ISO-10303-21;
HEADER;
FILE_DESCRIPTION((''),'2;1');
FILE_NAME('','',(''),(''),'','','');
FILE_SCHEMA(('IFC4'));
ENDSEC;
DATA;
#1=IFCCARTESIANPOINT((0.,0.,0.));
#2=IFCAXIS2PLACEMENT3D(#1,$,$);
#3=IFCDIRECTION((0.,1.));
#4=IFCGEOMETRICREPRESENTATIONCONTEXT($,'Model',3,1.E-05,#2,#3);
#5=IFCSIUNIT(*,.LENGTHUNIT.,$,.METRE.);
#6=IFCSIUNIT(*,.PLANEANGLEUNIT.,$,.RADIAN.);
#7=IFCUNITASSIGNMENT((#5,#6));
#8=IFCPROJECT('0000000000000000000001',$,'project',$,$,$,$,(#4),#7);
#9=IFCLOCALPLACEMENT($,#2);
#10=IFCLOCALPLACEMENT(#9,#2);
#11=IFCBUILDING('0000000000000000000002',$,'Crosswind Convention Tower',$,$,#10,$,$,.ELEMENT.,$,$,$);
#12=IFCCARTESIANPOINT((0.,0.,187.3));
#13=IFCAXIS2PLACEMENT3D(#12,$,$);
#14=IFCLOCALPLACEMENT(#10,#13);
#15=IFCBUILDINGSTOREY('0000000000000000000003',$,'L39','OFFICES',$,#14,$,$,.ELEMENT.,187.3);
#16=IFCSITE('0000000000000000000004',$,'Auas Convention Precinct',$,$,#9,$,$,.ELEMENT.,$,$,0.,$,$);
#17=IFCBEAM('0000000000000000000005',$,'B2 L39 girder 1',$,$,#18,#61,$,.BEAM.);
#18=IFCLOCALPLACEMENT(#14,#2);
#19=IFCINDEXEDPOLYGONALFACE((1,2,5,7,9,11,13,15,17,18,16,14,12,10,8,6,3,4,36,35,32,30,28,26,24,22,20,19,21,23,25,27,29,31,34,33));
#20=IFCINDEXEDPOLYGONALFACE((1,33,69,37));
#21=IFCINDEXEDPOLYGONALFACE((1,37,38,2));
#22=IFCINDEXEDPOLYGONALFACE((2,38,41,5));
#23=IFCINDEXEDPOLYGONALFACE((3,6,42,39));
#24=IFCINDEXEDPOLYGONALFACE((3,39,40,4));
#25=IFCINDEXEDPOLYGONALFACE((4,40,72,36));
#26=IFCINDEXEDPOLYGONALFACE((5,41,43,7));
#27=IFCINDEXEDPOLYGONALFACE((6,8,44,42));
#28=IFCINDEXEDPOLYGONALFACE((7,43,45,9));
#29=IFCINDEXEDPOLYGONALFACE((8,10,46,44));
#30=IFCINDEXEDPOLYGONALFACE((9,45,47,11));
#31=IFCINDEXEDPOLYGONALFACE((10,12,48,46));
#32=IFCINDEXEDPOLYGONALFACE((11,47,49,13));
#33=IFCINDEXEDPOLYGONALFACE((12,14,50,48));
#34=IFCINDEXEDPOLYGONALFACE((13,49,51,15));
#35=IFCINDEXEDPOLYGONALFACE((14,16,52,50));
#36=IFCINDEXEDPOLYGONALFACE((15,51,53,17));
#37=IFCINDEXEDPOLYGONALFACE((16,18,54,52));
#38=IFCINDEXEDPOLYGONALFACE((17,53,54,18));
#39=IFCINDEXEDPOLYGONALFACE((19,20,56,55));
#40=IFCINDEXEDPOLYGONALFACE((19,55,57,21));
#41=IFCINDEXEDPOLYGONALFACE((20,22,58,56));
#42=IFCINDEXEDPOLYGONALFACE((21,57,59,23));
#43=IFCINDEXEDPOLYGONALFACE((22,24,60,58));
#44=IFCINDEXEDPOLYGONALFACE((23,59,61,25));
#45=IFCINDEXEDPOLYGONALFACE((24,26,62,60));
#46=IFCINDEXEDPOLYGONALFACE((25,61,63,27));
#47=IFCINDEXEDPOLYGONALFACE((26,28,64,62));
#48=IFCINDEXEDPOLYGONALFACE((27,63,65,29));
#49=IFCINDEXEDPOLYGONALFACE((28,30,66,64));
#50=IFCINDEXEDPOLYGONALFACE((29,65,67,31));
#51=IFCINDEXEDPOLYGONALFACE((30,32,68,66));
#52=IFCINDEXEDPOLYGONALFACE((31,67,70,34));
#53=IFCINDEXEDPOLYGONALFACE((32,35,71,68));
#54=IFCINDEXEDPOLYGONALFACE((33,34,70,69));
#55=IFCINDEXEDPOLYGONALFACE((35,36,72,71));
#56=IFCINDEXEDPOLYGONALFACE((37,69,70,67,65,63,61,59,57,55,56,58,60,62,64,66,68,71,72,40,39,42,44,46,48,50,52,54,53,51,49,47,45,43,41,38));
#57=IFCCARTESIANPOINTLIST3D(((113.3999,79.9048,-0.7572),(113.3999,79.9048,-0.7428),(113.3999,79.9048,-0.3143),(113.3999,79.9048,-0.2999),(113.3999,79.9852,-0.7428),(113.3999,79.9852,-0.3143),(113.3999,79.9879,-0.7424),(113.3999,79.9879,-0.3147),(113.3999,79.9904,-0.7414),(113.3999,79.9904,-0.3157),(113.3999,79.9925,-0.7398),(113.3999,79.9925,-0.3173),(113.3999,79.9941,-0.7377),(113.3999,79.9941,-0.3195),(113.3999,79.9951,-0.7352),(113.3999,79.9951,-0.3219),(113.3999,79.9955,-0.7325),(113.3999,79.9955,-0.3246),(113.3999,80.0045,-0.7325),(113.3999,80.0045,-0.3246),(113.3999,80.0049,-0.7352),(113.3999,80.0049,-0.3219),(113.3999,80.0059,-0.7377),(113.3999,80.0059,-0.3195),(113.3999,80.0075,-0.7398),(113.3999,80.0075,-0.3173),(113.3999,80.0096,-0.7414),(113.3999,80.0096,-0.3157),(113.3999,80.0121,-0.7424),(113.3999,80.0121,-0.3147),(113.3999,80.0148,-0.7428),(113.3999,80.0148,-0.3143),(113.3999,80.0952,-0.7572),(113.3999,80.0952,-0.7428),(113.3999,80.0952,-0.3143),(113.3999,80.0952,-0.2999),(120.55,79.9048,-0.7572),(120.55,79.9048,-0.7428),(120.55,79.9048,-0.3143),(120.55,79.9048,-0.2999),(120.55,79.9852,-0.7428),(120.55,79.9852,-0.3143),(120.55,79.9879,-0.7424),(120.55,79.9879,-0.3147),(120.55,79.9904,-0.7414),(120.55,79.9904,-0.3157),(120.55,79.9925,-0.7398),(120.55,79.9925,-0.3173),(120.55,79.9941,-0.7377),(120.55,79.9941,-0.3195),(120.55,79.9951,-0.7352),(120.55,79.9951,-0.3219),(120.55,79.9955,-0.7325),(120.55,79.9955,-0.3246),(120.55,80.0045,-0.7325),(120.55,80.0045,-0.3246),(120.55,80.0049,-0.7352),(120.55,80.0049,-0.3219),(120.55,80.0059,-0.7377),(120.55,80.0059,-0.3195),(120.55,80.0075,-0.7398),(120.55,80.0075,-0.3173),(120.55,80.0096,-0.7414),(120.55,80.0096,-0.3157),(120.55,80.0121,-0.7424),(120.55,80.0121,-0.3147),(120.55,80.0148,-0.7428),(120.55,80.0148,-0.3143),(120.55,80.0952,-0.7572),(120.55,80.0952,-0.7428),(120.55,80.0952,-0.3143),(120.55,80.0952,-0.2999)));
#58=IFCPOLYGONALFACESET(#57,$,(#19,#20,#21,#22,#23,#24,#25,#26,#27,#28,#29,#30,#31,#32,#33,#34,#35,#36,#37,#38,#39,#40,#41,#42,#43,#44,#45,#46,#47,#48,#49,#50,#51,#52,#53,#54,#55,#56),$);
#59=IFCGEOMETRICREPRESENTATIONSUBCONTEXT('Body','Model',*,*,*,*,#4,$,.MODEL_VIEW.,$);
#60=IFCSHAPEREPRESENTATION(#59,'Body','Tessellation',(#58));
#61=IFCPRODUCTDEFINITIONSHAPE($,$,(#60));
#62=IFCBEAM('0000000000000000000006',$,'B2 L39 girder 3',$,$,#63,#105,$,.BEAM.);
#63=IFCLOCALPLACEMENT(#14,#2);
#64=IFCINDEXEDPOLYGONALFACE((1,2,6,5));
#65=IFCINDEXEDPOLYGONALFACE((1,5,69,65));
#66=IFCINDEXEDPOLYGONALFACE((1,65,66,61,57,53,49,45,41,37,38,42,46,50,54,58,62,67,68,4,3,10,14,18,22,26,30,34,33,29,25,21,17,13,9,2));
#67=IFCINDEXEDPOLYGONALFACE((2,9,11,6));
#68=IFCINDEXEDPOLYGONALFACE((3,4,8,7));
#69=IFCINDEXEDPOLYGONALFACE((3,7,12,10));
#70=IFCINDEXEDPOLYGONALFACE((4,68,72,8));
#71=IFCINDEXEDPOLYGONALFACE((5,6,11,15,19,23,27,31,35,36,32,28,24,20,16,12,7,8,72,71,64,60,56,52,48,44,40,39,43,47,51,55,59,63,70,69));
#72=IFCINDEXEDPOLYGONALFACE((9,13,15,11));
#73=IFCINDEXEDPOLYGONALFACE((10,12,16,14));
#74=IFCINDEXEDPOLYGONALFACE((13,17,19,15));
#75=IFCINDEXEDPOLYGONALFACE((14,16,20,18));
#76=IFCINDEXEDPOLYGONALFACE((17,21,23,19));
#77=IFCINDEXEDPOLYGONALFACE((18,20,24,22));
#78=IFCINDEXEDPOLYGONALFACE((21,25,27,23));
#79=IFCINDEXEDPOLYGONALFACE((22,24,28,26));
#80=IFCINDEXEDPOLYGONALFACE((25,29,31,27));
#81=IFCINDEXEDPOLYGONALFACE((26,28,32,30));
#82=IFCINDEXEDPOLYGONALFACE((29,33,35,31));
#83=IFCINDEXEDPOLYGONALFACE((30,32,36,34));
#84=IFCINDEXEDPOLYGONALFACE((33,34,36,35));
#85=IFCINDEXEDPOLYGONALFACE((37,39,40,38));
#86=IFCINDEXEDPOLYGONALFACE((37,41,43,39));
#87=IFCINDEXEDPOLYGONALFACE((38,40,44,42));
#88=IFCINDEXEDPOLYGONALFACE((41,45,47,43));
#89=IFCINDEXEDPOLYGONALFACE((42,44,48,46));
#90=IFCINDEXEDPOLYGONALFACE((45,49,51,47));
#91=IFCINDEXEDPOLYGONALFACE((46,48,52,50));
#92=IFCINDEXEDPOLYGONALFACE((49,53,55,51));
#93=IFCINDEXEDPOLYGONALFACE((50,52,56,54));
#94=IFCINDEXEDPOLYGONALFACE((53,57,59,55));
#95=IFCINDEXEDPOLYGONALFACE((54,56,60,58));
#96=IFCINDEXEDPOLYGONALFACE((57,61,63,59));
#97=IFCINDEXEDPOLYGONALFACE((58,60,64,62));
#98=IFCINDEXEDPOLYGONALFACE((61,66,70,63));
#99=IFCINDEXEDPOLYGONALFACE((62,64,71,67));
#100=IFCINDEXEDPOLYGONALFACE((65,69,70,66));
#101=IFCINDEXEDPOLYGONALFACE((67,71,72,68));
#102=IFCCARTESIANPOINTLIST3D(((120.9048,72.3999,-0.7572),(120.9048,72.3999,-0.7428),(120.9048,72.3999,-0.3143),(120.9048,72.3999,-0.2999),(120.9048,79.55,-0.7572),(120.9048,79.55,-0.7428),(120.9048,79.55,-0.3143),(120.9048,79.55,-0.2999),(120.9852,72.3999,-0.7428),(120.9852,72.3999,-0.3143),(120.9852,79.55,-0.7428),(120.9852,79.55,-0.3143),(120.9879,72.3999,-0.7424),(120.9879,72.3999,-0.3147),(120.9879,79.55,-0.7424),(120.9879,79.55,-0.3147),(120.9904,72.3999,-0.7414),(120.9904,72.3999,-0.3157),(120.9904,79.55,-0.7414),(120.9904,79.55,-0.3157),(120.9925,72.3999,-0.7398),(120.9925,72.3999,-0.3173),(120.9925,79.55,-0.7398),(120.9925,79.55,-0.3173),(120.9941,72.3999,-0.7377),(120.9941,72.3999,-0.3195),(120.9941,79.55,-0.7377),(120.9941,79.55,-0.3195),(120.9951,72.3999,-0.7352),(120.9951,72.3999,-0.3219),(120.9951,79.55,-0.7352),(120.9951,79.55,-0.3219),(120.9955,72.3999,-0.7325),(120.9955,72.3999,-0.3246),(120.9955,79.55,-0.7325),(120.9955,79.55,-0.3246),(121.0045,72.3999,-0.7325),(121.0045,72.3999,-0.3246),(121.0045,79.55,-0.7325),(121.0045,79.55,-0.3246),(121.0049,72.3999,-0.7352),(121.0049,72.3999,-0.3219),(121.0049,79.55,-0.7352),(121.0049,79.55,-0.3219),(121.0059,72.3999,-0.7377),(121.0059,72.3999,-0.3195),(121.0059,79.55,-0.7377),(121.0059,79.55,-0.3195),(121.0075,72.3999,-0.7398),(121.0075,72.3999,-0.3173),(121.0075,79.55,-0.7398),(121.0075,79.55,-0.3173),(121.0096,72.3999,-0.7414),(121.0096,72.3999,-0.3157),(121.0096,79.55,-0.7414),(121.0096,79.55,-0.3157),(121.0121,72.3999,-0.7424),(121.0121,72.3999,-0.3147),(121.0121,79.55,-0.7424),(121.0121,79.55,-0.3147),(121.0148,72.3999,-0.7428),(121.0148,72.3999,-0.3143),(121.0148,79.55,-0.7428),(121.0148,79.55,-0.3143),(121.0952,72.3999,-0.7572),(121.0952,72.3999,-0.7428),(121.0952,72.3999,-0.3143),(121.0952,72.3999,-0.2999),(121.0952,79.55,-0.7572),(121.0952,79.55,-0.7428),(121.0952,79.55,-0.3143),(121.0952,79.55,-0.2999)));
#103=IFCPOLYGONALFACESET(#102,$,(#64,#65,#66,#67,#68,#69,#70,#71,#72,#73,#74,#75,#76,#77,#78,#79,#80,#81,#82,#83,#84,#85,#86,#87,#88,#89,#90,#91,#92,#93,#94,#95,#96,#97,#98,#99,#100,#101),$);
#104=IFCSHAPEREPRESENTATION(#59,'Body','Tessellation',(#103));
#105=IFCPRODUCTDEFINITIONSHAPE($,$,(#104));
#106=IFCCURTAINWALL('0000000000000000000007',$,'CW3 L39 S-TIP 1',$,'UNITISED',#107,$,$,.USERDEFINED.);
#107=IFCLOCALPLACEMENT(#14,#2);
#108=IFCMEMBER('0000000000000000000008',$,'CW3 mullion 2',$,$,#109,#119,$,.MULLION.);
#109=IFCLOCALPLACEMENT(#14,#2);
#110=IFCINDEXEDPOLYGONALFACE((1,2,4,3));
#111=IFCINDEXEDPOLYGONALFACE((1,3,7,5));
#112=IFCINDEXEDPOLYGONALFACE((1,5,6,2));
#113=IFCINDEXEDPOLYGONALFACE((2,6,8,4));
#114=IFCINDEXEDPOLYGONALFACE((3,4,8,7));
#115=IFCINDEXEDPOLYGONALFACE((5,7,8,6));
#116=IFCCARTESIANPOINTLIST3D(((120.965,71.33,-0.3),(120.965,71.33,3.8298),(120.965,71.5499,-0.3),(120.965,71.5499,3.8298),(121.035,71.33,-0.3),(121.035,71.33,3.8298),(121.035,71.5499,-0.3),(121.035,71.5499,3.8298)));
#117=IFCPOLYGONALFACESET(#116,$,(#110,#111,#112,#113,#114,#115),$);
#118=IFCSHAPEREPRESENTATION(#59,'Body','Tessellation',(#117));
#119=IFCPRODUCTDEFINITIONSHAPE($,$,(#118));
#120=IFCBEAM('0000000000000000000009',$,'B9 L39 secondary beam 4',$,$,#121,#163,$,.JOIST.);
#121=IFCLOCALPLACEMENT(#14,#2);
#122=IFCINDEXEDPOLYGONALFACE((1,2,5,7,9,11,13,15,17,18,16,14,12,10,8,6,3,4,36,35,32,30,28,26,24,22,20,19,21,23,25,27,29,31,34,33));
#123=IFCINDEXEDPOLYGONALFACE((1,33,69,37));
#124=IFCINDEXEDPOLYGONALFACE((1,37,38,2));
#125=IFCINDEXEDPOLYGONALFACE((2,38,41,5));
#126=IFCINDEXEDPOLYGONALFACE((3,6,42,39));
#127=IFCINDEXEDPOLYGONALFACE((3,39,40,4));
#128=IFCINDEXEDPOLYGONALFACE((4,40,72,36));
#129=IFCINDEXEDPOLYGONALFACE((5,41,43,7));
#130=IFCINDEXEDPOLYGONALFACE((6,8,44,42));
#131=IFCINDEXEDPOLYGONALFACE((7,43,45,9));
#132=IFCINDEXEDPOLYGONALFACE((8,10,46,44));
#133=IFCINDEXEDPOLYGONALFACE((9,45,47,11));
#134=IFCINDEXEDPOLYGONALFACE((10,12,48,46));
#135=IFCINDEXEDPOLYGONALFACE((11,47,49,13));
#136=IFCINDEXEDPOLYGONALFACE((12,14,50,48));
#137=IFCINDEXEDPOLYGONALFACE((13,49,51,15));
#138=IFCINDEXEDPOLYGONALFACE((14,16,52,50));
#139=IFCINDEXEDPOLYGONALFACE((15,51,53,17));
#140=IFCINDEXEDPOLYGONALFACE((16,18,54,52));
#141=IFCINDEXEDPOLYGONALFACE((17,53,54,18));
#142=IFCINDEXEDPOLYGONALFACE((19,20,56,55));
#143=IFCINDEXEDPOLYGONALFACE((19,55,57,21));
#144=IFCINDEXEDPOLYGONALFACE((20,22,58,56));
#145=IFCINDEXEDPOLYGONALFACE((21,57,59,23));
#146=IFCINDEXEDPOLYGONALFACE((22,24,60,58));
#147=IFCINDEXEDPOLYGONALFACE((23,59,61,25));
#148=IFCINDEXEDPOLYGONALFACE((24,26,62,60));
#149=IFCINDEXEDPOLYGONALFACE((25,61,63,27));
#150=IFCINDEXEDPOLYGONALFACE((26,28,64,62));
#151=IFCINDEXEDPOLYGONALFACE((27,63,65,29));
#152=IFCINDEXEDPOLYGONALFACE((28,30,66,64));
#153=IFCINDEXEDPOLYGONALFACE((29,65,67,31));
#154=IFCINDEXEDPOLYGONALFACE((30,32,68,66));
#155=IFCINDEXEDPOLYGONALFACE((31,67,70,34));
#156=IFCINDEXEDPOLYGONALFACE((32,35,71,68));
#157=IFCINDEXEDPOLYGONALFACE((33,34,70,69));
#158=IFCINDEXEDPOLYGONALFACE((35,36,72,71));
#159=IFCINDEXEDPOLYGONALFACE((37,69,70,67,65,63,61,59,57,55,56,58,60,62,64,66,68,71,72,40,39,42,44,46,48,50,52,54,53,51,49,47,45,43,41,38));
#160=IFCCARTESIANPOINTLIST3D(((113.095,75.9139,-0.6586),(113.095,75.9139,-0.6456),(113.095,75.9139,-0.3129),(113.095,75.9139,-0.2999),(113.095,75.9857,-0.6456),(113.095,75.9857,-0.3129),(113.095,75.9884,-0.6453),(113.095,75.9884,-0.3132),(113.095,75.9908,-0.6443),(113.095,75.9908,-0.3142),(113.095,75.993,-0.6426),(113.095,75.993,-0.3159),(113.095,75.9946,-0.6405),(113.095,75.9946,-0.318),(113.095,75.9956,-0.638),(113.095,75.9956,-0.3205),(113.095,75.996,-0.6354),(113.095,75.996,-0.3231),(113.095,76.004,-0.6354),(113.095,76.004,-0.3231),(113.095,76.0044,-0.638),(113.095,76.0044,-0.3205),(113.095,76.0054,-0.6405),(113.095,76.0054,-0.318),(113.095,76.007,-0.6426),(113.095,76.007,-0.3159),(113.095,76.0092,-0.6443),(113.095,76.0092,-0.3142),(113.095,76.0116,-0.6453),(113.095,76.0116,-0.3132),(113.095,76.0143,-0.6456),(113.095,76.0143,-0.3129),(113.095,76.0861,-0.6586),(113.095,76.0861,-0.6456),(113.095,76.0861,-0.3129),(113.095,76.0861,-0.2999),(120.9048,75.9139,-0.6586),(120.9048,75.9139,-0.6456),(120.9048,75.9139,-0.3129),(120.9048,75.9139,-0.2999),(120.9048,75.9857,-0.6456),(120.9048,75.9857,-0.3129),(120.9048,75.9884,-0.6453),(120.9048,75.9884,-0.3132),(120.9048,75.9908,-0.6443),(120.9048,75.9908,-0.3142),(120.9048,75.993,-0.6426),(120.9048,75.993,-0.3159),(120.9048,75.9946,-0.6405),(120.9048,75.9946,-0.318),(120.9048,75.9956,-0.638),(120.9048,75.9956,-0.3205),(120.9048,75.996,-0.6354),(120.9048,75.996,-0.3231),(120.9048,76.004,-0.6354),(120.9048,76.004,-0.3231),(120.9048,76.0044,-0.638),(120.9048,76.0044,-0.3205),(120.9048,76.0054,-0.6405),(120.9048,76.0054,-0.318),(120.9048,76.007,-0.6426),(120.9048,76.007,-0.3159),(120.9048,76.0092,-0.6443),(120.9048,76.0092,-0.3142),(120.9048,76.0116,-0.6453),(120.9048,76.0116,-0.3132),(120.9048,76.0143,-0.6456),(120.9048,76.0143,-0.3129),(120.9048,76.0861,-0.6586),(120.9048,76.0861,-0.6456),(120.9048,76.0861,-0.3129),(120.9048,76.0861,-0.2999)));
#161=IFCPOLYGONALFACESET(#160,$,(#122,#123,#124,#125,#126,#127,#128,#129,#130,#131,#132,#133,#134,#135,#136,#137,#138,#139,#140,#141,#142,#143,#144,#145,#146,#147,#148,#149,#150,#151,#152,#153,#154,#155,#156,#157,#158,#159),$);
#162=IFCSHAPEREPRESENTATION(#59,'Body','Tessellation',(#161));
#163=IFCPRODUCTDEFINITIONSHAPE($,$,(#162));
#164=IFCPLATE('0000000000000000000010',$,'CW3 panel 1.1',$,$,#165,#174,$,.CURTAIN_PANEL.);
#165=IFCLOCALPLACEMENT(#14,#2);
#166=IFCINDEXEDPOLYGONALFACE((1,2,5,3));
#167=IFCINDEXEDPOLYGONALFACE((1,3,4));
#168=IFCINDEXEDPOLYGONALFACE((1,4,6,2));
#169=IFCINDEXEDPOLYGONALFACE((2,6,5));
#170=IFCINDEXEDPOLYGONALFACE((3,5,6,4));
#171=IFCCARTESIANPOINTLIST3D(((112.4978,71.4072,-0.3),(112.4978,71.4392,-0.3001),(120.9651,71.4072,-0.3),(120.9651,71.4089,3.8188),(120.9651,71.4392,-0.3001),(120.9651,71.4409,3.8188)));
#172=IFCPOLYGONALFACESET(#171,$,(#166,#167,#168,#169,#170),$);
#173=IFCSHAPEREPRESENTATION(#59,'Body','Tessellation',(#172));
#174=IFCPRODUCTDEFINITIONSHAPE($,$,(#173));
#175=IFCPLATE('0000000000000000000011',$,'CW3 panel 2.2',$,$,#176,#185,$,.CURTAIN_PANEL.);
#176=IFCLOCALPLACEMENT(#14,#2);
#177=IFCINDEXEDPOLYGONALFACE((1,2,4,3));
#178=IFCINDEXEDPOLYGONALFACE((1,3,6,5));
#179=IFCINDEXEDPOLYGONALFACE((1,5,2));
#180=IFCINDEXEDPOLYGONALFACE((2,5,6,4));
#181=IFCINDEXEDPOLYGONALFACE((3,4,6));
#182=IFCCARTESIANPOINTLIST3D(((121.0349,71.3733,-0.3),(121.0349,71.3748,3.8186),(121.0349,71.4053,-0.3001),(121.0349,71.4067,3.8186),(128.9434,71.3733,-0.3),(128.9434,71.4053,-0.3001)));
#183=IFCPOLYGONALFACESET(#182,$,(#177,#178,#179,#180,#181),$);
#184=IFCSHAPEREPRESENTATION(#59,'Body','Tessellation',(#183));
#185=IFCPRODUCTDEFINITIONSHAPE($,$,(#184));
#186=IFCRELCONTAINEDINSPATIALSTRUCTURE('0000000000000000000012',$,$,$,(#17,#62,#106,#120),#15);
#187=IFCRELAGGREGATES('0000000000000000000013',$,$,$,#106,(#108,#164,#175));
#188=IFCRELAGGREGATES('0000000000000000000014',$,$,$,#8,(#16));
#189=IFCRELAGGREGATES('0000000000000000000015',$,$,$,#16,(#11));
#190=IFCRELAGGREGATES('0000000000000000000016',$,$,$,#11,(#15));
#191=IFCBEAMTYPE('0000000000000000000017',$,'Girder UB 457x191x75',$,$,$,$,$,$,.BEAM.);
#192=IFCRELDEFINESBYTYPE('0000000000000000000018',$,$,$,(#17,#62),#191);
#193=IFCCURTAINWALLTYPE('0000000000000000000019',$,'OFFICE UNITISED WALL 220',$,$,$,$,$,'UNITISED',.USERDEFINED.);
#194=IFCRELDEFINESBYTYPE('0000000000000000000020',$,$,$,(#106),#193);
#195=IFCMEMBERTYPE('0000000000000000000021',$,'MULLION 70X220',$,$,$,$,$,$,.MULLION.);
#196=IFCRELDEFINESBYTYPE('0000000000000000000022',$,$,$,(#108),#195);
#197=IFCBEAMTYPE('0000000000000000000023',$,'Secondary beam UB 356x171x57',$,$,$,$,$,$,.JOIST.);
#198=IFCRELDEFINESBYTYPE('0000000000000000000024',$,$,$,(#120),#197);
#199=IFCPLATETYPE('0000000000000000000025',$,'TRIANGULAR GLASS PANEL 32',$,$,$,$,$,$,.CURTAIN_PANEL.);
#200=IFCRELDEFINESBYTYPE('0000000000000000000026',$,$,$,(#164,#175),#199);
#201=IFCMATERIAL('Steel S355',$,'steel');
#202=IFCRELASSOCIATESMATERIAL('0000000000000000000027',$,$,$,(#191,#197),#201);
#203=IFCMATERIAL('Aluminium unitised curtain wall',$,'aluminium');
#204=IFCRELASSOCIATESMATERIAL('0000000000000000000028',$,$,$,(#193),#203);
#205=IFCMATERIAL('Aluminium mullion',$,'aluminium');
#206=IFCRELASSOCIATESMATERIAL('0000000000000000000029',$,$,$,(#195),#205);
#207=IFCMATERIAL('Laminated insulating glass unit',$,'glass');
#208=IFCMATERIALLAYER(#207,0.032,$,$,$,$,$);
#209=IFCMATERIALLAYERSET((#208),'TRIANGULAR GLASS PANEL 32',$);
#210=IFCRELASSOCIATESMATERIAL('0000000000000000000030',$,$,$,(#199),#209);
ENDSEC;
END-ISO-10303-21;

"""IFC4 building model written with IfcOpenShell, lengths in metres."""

from ifc_helpers import new_model, si_unit, direction, frame, origin, origin_2d, place, context, subcontext, project, spatial, polyline, rectangle, i_section, outline, extrude, material, layer, layer_set, material_profile, profile_set, type_object, element, aggregate, save


model = new_model("IFC4")

# Units and contexts
model_context = context("Model", 3, precision=1e-05, world=origin(), true_north=direction((0.0, 1.0)))
body_context = subcontext(model_context, "Body", "Model", "MODEL_VIEW")
ifc_project = project(units=[si_unit("LENGTHUNIT", "METRE"), si_unit("PLANEANGLEUNIT", "RADIAN")], contexts=[model_context])

# Site, building, storey
site_placement = place(None, origin())
site = spatial("IfcSite", under=ifc_project, at=site_placement, Name="Auas Convention Precinct", CompositionType="ELEMENT", RefElevation=0.0)
building_placement = place(site_placement, origin())
building = spatial("IfcBuilding", under=site, at=building_placement, Name="Crosswind Convention Tower", CompositionType="ELEMENT")
storey_placement = place(building_placement, frame((0.0, 0.0, 187.3)))
storey = spatial("IfcBuildingStorey", under=building, at=storey_placement, Name="L39", Description="OFFICES", CompositionType="ELEMENT", Elevation=187.3)

# Beams
ifc_material_1 = material(Name="Steel S355", Category="steel")
ifc_material_profile_1 = material_profile(ifc_material_1, i_section(OverallWidth=0.1904, OverallDepth=0.4573, WebThickness=0.009, FlangeThickness=0.0144, FilletRadius=0.0103, at=origin_2d()), Name="UB 457x191x75")
ifc_profile_set_1 = profile_set([ifc_material_profile_1], Name="Steel S355")
beam_type_1 = type_object("IfcBeamType", Name="Girder UB 457x191x75", PredefinedType="BEAM", material=ifc_profile_set_1)
for number, where, z_axis, x_axis, name in (
    (1, (113.3999, 80.0, -0.5286), (1.0, 0.0, 0.0), (0.0, 1.0, 0.0), "B2 L39 girder 1"),
    (2, (121.0, 72.3999, -0.5286), (0.0, 1.0, 0.0), (-1.0, 0.0, 0.0), "B2 L39 girder 3"),
):
    element("IfcBeam", number, at=place(storey_placement, frame(where, z_axis=z_axis, x_axis=x_axis)), inside=storey, type_object=beam_type_1, Name=name, PredefinedType="BEAM", context=body_context, shape_type="SweptSolid", body=[
        extrude(i_section(OverallWidth=0.1904, OverallDepth=0.4573, WebThickness=0.009, FlangeThickness=0.0144, FilletRadius=0.0103, at=origin_2d()), origin(), (0.0, 0.0, 1.0), 7.1501),
    ])

# Curtain wall, member
ifc_material_2 = material(Name="Aluminium unitised curtain wall", Category="aluminium")
curtain_wall_type = type_object("IfcCurtainWallType", Name="OFFICE UNITISED WALL 220", ElementType="UNITISED", PredefinedType="USERDEFINED", material=ifc_material_2)
curtain_wall_placement = place(storey_placement, origin())
curtain_wall = element("IfcCurtainWall", 3, at=curtain_wall_placement, inside=storey, type_object=curtain_wall_type, Name="CW3 L39 S-TIP 1", ObjectType="UNITISED", PredefinedType="USERDEFINED")
ifc_material_3 = material(Name="Aluminium mullion", Category="aluminium")
ifc_material_profile_2 = material_profile(ifc_material_3, rectangle(XDim=0.22, YDim=0.0701, at=origin_2d()), Name="AL 220X70")
ifc_profile_set_2 = profile_set([ifc_material_profile_2], Name="Aluminium mullion")
member_type = type_object("IfcMemberType", Name="MULLION 70X220", PredefinedType="MULLION", material=ifc_profile_set_2)
member_placement = place(storey_placement, frame((121.0, 71.4399, -0.3), z_axis=(0.0, 0.0, 1.0), x_axis=(0.0, -1.0, 0.0)))
member = element("IfcMember", 4, at=member_placement, type_object=member_type, Name="CW3 mullion 2", PredefinedType="MULLION", context=body_context, shape_type="SweptSolid", body=[
    extrude(rectangle(XDim=0.22, YDim=0.0701, at=origin_2d()), origin(), (0.0, 0.0, 1.0), 4.1299),
])

# Beam
ifc_material_profile_3 = material_profile(ifc_material_1, i_section(OverallWidth=0.1721, OverallDepth=0.3586, WebThickness=0.0081, FlangeThickness=0.0129, FilletRadius=0.0103, at=origin_2d()), Name="UB 356x171x57")
ifc_profile_set_3 = profile_set([ifc_material_profile_3], Name="Steel S355")
beam_type_2 = type_object("IfcBeamType", Name="Secondary beam UB 356x171x57", PredefinedType="JOIST", material=ifc_profile_set_3)
beam_placement = place(storey_placement, frame((113.095, 76.0, -0.4792), z_axis=(1.0, 0.0, 0.0), x_axis=(0.0, 1.0, 0.0)))
element("IfcBeam", 5, at=beam_placement, inside=storey, type_object=beam_type_2, Name="B9 L39 secondary beam 4", PredefinedType="JOIST", context=body_context, shape_type="SweptSolid", body=[
    extrude(i_section(OverallWidth=0.1721, OverallDepth=0.3586, WebThickness=0.0081, FlangeThickness=0.0129, FilletRadius=0.0103, at=origin_2d()), origin(), (0.0, 0.0, 1.0), 7.8098),
])

# Plates
ifc_material_4 = material(Name="Laminated insulating glass unit", Category="glass")
ifc_layer_1 = layer(ifc_material_4, 0.032)
ifc_layer_set_1 = layer_set([ifc_layer_1], Name="TRIANGULAR GLASS PANEL 32")
plate_type = type_object("IfcPlateType", Name="TRIANGULAR GLASS PANEL 32", PredefinedType="CURTAIN_PANEL", material=ifc_layer_set_1)
plate_1_placement = place(storey_placement, frame((120.9651, 71.4072, -0.3), z_axis=(0.0, -1.0, 0.000415), x_axis=(0.0, 0.000415, 1.0)))
plate_1 = element("IfcPlate", 6, at=plate_1_placement, type_object=plate_type, Name="CW3 panel 1.1", PredefinedType="CURTAIN_PANEL", context=body_context, shape_type="SweptSolid", body=[
    extrude(outline(polyline([(0.0, 0.0), (4.1189, 0.0), (0.0, 8.4673), (0.0, 0.0)])), origin(), (0.0, 0.0, -1.0), 0.032),
])
plate_2_placement = place(storey_placement, frame((121.0349, 71.3733, -0.3), z_axis=(0.0, -1.0, 0.000356), x_axis=(1.0, 0.0, 0.0)))
plate_2 = element("IfcPlate", 7, at=plate_2_placement, type_object=plate_type, Name="CW3 panel 2.2", PredefinedType="CURTAIN_PANEL", context=body_context, shape_type="SweptSolid", body=[
    extrude(outline(polyline([(0.0, 0.0), (7.9084, 0.0), (0.0, 4.1187), (0.0, 0.0)])), origin(), (0.0, 0.0, -1.0), 0.032),
])
aggregate(curtain_wall, [member, plate_1, plate_2])

save(model, "model.ifc")
